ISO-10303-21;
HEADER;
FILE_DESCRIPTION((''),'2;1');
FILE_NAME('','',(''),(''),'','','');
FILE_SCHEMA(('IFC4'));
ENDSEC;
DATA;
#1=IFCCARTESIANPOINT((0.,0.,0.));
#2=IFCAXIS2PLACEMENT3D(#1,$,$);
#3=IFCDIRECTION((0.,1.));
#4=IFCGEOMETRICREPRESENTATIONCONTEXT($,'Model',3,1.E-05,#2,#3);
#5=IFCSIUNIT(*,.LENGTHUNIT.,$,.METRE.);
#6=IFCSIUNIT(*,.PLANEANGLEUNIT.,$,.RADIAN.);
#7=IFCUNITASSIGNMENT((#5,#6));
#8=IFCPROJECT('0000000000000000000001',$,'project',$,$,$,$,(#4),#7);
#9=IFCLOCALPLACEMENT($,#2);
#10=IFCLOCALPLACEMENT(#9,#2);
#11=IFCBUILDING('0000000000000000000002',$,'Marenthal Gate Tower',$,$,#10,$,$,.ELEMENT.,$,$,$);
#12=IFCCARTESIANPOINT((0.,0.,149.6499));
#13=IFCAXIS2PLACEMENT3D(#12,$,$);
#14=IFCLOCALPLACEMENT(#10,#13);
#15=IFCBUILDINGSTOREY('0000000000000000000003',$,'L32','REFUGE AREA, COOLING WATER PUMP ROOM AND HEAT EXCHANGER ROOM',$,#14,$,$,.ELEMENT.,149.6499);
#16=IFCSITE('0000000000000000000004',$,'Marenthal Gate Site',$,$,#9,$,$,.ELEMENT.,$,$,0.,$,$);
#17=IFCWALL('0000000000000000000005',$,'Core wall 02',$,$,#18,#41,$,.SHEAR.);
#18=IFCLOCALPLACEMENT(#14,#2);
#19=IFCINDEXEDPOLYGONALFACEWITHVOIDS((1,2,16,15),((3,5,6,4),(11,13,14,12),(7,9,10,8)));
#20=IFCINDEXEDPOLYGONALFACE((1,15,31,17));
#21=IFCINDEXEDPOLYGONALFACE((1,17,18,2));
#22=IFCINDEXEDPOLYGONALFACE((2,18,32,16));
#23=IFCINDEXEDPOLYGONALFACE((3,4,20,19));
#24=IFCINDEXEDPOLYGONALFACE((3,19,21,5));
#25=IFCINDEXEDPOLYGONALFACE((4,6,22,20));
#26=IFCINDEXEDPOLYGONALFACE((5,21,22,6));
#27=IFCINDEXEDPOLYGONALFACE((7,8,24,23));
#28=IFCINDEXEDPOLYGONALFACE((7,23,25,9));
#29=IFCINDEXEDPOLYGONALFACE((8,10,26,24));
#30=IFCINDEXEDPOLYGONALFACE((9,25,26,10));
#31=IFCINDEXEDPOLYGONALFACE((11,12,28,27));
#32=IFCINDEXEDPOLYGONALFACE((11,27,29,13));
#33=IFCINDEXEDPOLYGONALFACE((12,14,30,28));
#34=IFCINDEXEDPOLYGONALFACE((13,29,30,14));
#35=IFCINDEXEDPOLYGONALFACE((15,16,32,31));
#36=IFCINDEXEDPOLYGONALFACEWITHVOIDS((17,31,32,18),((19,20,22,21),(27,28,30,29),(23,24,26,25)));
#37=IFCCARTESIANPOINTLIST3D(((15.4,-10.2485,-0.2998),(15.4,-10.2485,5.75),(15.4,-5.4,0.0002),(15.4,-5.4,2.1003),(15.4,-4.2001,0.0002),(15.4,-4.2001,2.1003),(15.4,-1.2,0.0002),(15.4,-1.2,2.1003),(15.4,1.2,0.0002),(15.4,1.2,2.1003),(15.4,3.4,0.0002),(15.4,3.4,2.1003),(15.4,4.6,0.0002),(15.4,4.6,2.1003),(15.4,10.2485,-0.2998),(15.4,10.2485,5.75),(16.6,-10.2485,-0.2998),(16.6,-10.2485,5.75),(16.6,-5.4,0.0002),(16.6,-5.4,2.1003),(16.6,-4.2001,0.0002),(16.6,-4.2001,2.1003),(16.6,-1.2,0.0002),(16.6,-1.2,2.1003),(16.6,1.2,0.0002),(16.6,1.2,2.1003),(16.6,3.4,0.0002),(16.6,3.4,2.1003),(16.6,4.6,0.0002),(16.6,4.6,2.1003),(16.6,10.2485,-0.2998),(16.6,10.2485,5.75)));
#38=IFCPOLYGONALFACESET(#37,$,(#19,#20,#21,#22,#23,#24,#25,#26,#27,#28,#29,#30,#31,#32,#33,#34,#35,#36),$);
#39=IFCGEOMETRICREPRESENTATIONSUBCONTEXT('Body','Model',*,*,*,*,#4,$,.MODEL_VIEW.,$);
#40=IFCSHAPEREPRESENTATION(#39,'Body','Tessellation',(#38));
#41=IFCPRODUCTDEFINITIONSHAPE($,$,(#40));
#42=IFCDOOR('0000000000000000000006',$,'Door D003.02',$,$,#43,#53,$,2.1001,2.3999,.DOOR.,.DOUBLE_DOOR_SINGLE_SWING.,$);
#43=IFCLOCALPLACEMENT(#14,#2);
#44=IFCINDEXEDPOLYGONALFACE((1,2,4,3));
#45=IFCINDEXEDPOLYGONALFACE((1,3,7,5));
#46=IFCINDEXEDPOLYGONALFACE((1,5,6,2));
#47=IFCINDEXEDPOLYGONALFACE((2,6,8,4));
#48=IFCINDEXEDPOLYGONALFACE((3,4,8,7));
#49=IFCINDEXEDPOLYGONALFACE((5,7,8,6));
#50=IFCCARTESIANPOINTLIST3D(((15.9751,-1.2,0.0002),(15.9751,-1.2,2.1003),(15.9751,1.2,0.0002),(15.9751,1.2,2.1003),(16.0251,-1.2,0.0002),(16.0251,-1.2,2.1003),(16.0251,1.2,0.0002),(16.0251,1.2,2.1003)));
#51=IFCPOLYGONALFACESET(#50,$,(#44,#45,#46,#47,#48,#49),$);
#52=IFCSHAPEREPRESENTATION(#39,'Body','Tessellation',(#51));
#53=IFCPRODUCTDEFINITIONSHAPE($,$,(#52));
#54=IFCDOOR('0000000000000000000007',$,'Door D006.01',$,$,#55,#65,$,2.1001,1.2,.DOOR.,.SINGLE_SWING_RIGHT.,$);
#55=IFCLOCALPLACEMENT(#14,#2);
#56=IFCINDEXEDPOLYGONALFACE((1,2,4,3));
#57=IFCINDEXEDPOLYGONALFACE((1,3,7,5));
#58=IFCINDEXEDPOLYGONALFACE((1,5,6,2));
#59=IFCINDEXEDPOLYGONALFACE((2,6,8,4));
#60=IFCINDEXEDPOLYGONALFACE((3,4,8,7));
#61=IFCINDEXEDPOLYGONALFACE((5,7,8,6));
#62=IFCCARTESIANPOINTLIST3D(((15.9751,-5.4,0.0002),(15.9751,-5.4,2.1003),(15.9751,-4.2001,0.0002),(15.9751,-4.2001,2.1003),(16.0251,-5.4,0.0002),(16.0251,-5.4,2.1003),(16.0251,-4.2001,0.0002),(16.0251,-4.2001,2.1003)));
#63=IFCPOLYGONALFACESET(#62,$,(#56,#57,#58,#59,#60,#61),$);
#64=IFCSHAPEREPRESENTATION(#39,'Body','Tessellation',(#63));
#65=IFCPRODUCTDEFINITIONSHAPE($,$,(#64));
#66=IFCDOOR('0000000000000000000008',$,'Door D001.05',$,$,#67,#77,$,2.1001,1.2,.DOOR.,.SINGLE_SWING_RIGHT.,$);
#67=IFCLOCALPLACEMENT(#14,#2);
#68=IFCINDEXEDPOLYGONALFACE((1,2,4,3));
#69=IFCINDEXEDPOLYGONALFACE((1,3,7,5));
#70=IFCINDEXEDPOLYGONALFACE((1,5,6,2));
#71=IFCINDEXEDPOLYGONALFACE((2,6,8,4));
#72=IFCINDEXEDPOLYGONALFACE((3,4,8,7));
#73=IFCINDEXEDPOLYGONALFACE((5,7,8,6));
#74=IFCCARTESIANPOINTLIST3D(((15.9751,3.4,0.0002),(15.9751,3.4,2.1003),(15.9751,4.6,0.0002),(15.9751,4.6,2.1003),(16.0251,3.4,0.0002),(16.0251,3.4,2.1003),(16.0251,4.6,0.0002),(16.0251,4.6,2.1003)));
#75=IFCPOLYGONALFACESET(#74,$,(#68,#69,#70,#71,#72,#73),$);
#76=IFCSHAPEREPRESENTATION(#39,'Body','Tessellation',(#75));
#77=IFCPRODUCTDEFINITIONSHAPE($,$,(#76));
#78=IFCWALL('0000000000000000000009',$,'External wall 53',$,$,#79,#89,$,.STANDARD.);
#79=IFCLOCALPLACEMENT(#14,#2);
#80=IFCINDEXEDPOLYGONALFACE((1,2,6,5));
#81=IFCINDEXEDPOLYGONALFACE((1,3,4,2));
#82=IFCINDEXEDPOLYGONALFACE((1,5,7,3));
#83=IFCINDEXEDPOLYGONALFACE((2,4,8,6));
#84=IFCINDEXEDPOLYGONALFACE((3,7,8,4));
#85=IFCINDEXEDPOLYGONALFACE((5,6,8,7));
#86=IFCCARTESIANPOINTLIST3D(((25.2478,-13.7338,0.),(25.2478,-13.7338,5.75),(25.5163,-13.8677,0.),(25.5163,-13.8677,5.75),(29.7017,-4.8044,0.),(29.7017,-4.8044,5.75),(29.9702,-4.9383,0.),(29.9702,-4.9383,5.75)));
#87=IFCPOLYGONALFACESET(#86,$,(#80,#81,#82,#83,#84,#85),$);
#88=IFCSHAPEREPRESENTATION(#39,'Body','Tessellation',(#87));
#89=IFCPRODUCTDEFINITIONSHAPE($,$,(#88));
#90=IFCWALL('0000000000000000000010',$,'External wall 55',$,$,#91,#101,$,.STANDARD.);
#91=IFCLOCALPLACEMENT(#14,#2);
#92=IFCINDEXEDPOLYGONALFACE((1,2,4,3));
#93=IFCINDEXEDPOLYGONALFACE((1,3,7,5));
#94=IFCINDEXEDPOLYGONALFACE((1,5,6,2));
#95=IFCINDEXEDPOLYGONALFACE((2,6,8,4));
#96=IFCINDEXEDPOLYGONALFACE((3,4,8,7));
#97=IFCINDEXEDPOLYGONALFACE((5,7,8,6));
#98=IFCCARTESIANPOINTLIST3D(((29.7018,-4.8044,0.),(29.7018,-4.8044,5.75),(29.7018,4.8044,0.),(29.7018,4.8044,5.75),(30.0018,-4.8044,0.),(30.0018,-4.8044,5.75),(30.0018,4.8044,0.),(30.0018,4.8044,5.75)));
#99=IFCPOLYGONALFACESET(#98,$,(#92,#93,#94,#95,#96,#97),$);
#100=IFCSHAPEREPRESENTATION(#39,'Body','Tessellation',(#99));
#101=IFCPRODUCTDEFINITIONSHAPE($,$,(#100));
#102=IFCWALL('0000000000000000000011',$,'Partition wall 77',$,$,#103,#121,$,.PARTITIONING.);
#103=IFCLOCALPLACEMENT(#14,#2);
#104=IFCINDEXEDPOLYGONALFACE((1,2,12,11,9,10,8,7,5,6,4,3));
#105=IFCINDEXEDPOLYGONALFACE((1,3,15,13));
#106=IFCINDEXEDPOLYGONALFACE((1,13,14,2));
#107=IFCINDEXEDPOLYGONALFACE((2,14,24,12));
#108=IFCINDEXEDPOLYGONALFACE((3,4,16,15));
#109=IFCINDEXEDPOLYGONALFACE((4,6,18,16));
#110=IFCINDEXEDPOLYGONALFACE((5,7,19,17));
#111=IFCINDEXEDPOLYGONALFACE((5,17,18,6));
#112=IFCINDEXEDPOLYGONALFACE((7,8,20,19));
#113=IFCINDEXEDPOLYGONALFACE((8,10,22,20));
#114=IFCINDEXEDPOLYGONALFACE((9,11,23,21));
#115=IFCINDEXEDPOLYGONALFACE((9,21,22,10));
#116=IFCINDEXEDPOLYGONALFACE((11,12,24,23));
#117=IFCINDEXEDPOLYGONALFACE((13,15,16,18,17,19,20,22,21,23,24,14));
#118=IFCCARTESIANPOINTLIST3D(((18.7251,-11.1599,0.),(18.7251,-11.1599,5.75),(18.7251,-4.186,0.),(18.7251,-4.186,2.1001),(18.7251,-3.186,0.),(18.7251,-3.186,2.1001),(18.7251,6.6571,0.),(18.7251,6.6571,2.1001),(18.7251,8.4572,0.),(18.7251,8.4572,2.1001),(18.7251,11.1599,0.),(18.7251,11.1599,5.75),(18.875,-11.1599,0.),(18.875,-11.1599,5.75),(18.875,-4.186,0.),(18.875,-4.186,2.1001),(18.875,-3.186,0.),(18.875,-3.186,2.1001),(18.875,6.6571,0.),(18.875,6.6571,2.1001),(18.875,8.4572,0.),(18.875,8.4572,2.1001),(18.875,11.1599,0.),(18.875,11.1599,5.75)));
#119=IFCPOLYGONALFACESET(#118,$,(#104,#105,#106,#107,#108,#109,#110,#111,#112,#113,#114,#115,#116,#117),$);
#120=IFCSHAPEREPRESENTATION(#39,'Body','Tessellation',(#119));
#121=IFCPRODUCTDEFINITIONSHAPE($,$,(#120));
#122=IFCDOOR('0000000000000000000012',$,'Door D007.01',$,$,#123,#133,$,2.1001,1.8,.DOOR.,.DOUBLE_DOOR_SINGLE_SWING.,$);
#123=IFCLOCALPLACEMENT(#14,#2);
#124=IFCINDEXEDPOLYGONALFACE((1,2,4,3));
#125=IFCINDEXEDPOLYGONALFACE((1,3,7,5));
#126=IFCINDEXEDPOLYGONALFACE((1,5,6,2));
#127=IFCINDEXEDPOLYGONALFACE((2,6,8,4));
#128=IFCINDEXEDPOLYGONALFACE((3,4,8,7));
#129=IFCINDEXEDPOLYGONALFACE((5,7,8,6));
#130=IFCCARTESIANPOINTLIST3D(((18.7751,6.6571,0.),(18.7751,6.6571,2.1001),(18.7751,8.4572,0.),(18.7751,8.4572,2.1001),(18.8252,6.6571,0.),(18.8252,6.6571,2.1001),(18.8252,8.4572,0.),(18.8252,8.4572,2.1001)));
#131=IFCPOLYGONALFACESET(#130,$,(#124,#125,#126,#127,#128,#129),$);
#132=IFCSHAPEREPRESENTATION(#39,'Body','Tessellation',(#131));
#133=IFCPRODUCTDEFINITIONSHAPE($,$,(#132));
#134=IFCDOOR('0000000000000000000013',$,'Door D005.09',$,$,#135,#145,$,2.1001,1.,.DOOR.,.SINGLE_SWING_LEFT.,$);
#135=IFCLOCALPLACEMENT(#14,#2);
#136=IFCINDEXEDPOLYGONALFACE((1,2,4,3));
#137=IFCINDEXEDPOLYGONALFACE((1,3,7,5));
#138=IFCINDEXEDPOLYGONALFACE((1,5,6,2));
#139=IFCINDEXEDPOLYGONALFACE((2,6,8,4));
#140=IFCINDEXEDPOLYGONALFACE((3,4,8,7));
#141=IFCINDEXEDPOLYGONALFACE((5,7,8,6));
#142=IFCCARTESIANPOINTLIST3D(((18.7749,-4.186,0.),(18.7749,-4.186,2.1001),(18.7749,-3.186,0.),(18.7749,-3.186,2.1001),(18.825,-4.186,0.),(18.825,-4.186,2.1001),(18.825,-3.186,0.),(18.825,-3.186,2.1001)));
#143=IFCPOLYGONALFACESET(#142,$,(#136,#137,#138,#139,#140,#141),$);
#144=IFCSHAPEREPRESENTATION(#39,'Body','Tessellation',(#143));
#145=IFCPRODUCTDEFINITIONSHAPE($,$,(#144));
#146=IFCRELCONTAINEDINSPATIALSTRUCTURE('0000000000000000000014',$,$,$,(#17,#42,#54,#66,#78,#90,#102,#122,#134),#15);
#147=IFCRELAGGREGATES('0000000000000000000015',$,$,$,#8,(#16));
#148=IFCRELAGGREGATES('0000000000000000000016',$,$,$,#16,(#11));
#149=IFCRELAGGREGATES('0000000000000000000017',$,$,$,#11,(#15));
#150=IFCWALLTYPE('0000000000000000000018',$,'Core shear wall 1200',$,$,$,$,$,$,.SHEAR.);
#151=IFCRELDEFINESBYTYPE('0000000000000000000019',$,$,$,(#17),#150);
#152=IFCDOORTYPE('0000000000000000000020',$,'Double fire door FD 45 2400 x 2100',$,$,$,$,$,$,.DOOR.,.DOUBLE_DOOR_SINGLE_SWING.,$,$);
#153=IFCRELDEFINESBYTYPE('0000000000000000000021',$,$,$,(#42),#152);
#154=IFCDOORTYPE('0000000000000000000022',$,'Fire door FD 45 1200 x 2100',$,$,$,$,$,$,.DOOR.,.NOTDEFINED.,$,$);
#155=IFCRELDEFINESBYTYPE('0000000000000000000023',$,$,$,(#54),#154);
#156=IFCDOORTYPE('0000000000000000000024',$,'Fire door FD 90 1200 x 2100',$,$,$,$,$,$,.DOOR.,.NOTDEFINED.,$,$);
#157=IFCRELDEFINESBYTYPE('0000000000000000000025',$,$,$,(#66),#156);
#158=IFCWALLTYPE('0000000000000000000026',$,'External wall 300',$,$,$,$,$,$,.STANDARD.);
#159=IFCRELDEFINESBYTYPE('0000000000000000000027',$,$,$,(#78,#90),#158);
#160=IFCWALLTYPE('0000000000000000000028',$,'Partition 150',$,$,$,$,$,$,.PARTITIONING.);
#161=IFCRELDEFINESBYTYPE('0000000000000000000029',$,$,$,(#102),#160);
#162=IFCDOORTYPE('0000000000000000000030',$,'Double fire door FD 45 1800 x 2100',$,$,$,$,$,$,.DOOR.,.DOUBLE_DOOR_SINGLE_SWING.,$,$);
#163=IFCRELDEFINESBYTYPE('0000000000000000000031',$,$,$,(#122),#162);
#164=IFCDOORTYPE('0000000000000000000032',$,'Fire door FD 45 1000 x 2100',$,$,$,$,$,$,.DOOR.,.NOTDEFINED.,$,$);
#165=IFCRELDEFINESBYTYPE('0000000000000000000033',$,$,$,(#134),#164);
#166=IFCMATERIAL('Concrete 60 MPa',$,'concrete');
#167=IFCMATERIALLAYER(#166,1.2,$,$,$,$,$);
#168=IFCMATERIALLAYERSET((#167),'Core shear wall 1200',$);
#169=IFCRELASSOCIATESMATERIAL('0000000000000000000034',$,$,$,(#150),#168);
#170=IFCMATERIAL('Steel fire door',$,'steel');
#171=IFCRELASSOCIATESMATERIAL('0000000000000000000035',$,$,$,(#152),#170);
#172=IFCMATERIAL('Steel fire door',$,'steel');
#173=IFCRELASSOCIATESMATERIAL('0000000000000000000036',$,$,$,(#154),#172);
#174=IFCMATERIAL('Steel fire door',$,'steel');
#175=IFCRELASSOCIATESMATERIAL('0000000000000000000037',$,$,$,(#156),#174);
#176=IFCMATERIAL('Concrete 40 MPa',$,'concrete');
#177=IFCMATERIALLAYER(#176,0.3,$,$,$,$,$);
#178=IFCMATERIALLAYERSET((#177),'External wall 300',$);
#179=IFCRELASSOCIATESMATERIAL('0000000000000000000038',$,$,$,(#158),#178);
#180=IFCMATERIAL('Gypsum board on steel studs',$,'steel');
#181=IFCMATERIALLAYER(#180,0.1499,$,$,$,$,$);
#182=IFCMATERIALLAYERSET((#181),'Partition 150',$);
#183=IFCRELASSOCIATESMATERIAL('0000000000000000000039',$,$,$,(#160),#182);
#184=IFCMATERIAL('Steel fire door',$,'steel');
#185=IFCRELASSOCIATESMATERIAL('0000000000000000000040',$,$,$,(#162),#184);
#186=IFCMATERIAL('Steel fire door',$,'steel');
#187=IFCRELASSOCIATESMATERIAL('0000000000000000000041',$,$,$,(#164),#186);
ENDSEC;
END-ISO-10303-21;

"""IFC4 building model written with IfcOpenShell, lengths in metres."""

from ifc_helpers import new_model, si_unit, direction, frame, frame_2d, origin, place, context, subcontext, project, spatial, rectangle, extrude, material, layer, layer_set, type_object, element, fill, save


model = new_model("IFC4")

# Units and contexts
model_context = context("Model", 3, precision=1e-05, world=origin(), true_north=direction((0.0, 1.0)))
body_context = subcontext(model_context, "Body", "Model", "MODEL_VIEW")
ifc_project = project(units=[si_unit("LENGTHUNIT", "METRE"), si_unit("PLANEANGLEUNIT", "RADIAN")], contexts=[model_context])

# Site, building, storey
site_placement = place(None, origin())
site = spatial("IfcSite", under=ifc_project, at=site_placement, Name="Marenthal Gate Site", CompositionType="ELEMENT", RefElevation=0.0)
building_placement = place(site_placement, origin())
building = spatial("IfcBuilding", under=site, at=building_placement, Name="Marenthal Gate Tower", CompositionType="ELEMENT")
storey_placement = place(building_placement, frame((0.0, 0.0, 149.6499)))
storey = spatial("IfcBuildingStorey", under=building, at=storey_placement, Name="L32", Description="REFUGE AREA, COOLING WATER PUMP ROOM AND HEAT EXCHANGER ROOM", CompositionType="ELEMENT", Elevation=149.6499)

# Wall, openings, doors
ifc_material_1 = material(Name="Concrete 60 MPa", Category="concrete")
ifc_layer_1 = layer(ifc_material_1, 1.2)
ifc_layer_set_1 = layer_set([ifc_layer_1], Name="Core shear wall 1200")
wall_type_1 = type_object("IfcWallType", Name="Core shear wall 1200", PredefinedType="SHEAR", material=ifc_layer_set_1)
wall_1_placement = place(storey_placement, frame((16.0, -10.2485, -0.2998), z_axis=(0.0, 0.0, 1.0), x_axis=(0.0, 1.0, 0.0)))
wall_1 = element("IfcWall", 1, at=wall_1_placement, inside=storey, type_object=wall_type_1, Name="Core wall 02", PredefinedType="SHEAR", context=body_context, shape_type="SweptSolid", body=[
    extrude(rectangle(XDim=20.4971, YDim=1.2, at=frame_2d((10.2485, 0.0))), origin(), (0.0, 0.0, 1.0), 6.0498),
])
opening_1_placement = place(wall_1_placement, frame((9.0486, 0.0, 0.3)))
opening_1 = element("IfcOpeningElement", 2, at=opening_1_placement, cuts=wall_1, PredefinedType="OPENING", context=body_context, shape_type="SweptSolid", body=[
    extrude(rectangle(XDim=2.3999, YDim=2.1001, at=frame_2d((1.2, 1.05))), frame((0.0, 0.6099, 0.0), z_axis=(0.0, -1.0, 0.0), x_axis=(1.0, 0.0, 0.0)), (0.0, 0.0, 1.0), 1.22),
])
opening_2_placement = place(wall_1_placement, frame((13.6484, 0.0, 0.3)))
opening_2 = element("IfcOpeningElement", 3, at=opening_2_placement, cuts=wall_1, PredefinedType="OPENING", context=body_context, shape_type="SweptSolid", body=[
    extrude(rectangle(XDim=1.2, YDim=2.1001, at=frame_2d((0.6001, 1.05))), frame((0.0, 0.6099, 0.0), z_axis=(0.0, -1.0, 0.0), x_axis=(1.0, 0.0, 0.0)), (0.0, 0.0, 1.0), 1.22),
])
opening_3_placement = place(wall_1_placement, frame((4.8484, 0.0, 0.3)))
opening_3 = element("IfcOpeningElement", 4, at=opening_3_placement, cuts=wall_1, PredefinedType="OPENING", context=body_context, shape_type="SweptSolid", body=[
    extrude(rectangle(XDim=1.2, YDim=2.1001, at=frame_2d((0.6001, 1.05))), frame((0.0, 0.6099, 0.0), z_axis=(0.0, -1.0, 0.0), x_axis=(1.0, 0.0, 0.0)), (0.0, 0.0, 1.0), 1.22),
])
ifc_material_2 = material(Name="Steel fire door", Category="steel")
door_type_1 = type_object("IfcDoorType", Name="Double fire door FD 45 2400 x 2100", OperationType="DOUBLE_DOOR_SINGLE_SWING", PredefinedType="DOOR", material=ifc_material_2)
door_1_placement = place(opening_1_placement, origin())
door_1 = element("IfcDoor", 5, at=door_1_placement, inside=storey, type_object=door_type_1, Name="Door D003.02", OperationType="DOUBLE_DOOR_SINGLE_SWING", OverallHeight=2.1001, OverallWidth=2.3999, PredefinedType="DOOR", context=body_context, shape_type="SweptSolid", body=[
    extrude(rectangle(XDim=2.3999, YDim=2.1001, at=frame_2d((1.2, 1.05))), frame((0.0, 0.0249, 0.0), z_axis=(0.0, -1.0, 0.0), x_axis=(1.0, 0.0, 0.0)), (0.0, 0.0, 1.0), 0.05),
])
fill(opening_1, door_1)
ifc_material_3 = material(Name="Steel fire door", Category="steel")
door_type_2 = type_object("IfcDoorType", Name="Fire door FD 45 1200 x 2100", OperationType="NOTDEFINED", PredefinedType="DOOR", material=ifc_material_3)
door_2_placement = place(opening_3_placement, origin())
door_2 = element("IfcDoor", 6, at=door_2_placement, inside=storey, type_object=door_type_2, Name="Door D006.01", OperationType="SINGLE_SWING_RIGHT", OverallHeight=2.1001, OverallWidth=1.2, PredefinedType="DOOR", context=body_context, shape_type="SweptSolid", body=[
    extrude(rectangle(XDim=1.2, YDim=2.1001, at=frame_2d((0.6001, 1.05))), frame((0.0, 0.0249, 0.0), z_axis=(0.0, -1.0, 0.0), x_axis=(1.0, 0.0, 0.0)), (0.0, 0.0, 1.0), 0.05),
])
fill(opening_3, door_2)
ifc_material_4 = material(Name="Steel fire door", Category="steel")
door_type_3 = type_object("IfcDoorType", Name="Fire door FD 90 1200 x 2100", OperationType="NOTDEFINED", PredefinedType="DOOR", material=ifc_material_4)
door_3_placement = place(opening_2_placement, origin())
door_3 = element("IfcDoor", 7, at=door_3_placement, inside=storey, type_object=door_type_3, Name="Door D001.05", OperationType="SINGLE_SWING_RIGHT", OverallHeight=2.1001, OverallWidth=1.2, PredefinedType="DOOR", context=body_context, shape_type="SweptSolid", body=[
    extrude(rectangle(XDim=1.2, YDim=2.1001, at=frame_2d((0.6001, 1.05))), frame((0.0, 0.0249, 0.0), z_axis=(0.0, -1.0, 0.0), x_axis=(1.0, 0.0, 0.0)), (0.0, 0.0, 1.0), 0.05),
])
fill(opening_2, door_3)

# Walls
ifc_material_5 = material(Name="Concrete 40 MPa", Category="concrete")
ifc_layer_2 = layer(ifc_material_5, 0.3)
ifc_layer_set_2 = layer_set([ifc_layer_2], Name="External wall 300")
wall_type_2 = type_object("IfcWallType", Name="External wall 300", PredefinedType="STANDARD", material=ifc_layer_set_2)
wall_2_placement = place(storey_placement, frame((25.3821, -13.8008, 0.0), z_axis=(0.0, 0.0, 1.0), x_axis=(0.446342, 0.894862, 0.0)))
element("IfcWall", 8, at=wall_2_placement, inside=storey, type_object=wall_type_2, Name="External wall 53", PredefinedType="STANDARD", context=body_context, shape_type="SweptSolid", body=[
    extrude(rectangle(XDim=9.9785, YDim=0.3, at=frame_2d((4.9893, 0.0))), origin(), (0.0, 0.0, 1.0), 5.75),
])
wall_3_placement = place(storey_placement, frame((29.8518, -4.8044, 0.0), z_axis=(0.0, 0.0, 1.0), x_axis=(0.0, 1.0, 0.0)))
element("IfcWall", 9, at=wall_3_placement, inside=storey, type_object=wall_type_2, Name="External wall 55", PredefinedType="STANDARD", context=body_context, shape_type="SweptSolid", body=[
    extrude(rectangle(XDim=9.6089, YDim=0.3, at=frame_2d((4.8044, 0.0))), origin(), (0.0, 0.0, 1.0), 5.75),
])

# Wall, openings, doors
ifc_material_6 = material(Name="Gypsum board on steel studs", Category="steel")
ifc_layer_3 = layer(ifc_material_6, 0.1499)
ifc_layer_set_3 = layer_set([ifc_layer_3], Name="Partition 150")
wall_type_3 = type_object("IfcWallType", Name="Partition 150", PredefinedType="PARTITIONING", material=ifc_layer_set_3)
wall_4_placement = place(storey_placement, frame((18.8, -11.1599, 0.0), z_axis=(0.0, 0.0, 1.0), x_axis=(0.0, 1.0, 0.0)))
wall_4 = element("IfcWall", 10, at=wall_4_placement, inside=storey, type_object=wall_type_3, Name="Partition wall 77", PredefinedType="PARTITIONING", context=body_context, shape_type="SweptSolid", body=[
    extrude(rectangle(XDim=22.3198, YDim=0.1499, at=frame_2d((11.1599, 0.0))), origin(), (0.0, 0.0, 1.0), 5.75),
])
opening_4_placement = place(wall_4_placement, frame((17.8171, 0.0, 0.0)))
opening_4 = element("IfcOpeningElement", 11, at=opening_4_placement, cuts=wall_4, PredefinedType="OPENING", context=body_context, shape_type="SweptSolid", body=[
    extrude(rectangle(XDim=1.8, YDim=2.1001, at=frame_2d((0.8999, 1.05))), frame((0.0, 0.085, 0.0), z_axis=(0.0, -1.0, 0.0), x_axis=(1.0, 0.0, 0.0)), (0.0, 0.0, 1.0), 0.1699),
])
opening_5_placement = place(wall_4_placement, frame((6.9739, 0.0, 0.0)))
opening_5 = element("IfcOpeningElement", 12, at=opening_5_placement, cuts=wall_4, PredefinedType="OPENING", context=body_context, shape_type="SweptSolid", body=[
    extrude(rectangle(XDim=1.0, YDim=2.1001, at=frame_2d((0.5, 1.05))), frame((0.0, 0.085, 0.0), z_axis=(0.0, -1.0, 0.0), x_axis=(1.0, 0.0, 0.0)), (0.0, 0.0, 1.0), 0.1699),
])
ifc_material_7 = material(Name="Steel fire door", Category="steel")
door_type_4 = type_object("IfcDoorType", Name="Double fire door FD 45 1800 x 2100", OperationType="DOUBLE_DOOR_SINGLE_SWING", PredefinedType="DOOR", material=ifc_material_7)
door_4_placement = place(opening_4_placement, origin())
door_4 = element("IfcDoor", 13, at=door_4_placement, inside=storey, type_object=door_type_4, Name="Door D007.01", OperationType="DOUBLE_DOOR_SINGLE_SWING", OverallHeight=2.1001, OverallWidth=1.8, PredefinedType="DOOR", context=body_context, shape_type="SweptSolid", body=[
    extrude(rectangle(XDim=1.8, YDim=2.1001, at=frame_2d((0.8999, 1.05))), frame((0.0, 0.0249, 0.0), z_axis=(0.0, -1.0, 0.0), x_axis=(1.0, 0.0, 0.0)), (0.0, 0.0, 1.0), 0.05),
])
fill(opening_4, door_4)
ifc_material_8 = material(Name="Steel fire door", Category="steel")
door_type_5 = type_object("IfcDoorType", Name="Fire door FD 45 1000 x 2100", OperationType="NOTDEFINED", PredefinedType="DOOR", material=ifc_material_8)
door_5_placement = place(opening_5_placement, frame((1.0, 0.0, 0.0), z_axis=(0.0, 0.0, 1.0), x_axis=(-1.0, 0.0, 0.0)))
door_5 = element("IfcDoor", 14, at=door_5_placement, inside=storey, type_object=door_type_5, Name="Door D005.09", OperationType="SINGLE_SWING_LEFT", OverallHeight=2.1001, OverallWidth=1.0, PredefinedType="DOOR", context=body_context, shape_type="SweptSolid", body=[
    extrude(rectangle(XDim=1.0, YDim=2.1001, at=frame_2d((0.5, 1.05))), frame((0.0, 0.0249, 0.0), z_axis=(0.0, -1.0, 0.0), x_axis=(1.0, 0.0, 0.0)), (0.0, 0.0, 1.0), 0.05),
])
fill(opening_5, door_5)

save(model, "model.ifc")
